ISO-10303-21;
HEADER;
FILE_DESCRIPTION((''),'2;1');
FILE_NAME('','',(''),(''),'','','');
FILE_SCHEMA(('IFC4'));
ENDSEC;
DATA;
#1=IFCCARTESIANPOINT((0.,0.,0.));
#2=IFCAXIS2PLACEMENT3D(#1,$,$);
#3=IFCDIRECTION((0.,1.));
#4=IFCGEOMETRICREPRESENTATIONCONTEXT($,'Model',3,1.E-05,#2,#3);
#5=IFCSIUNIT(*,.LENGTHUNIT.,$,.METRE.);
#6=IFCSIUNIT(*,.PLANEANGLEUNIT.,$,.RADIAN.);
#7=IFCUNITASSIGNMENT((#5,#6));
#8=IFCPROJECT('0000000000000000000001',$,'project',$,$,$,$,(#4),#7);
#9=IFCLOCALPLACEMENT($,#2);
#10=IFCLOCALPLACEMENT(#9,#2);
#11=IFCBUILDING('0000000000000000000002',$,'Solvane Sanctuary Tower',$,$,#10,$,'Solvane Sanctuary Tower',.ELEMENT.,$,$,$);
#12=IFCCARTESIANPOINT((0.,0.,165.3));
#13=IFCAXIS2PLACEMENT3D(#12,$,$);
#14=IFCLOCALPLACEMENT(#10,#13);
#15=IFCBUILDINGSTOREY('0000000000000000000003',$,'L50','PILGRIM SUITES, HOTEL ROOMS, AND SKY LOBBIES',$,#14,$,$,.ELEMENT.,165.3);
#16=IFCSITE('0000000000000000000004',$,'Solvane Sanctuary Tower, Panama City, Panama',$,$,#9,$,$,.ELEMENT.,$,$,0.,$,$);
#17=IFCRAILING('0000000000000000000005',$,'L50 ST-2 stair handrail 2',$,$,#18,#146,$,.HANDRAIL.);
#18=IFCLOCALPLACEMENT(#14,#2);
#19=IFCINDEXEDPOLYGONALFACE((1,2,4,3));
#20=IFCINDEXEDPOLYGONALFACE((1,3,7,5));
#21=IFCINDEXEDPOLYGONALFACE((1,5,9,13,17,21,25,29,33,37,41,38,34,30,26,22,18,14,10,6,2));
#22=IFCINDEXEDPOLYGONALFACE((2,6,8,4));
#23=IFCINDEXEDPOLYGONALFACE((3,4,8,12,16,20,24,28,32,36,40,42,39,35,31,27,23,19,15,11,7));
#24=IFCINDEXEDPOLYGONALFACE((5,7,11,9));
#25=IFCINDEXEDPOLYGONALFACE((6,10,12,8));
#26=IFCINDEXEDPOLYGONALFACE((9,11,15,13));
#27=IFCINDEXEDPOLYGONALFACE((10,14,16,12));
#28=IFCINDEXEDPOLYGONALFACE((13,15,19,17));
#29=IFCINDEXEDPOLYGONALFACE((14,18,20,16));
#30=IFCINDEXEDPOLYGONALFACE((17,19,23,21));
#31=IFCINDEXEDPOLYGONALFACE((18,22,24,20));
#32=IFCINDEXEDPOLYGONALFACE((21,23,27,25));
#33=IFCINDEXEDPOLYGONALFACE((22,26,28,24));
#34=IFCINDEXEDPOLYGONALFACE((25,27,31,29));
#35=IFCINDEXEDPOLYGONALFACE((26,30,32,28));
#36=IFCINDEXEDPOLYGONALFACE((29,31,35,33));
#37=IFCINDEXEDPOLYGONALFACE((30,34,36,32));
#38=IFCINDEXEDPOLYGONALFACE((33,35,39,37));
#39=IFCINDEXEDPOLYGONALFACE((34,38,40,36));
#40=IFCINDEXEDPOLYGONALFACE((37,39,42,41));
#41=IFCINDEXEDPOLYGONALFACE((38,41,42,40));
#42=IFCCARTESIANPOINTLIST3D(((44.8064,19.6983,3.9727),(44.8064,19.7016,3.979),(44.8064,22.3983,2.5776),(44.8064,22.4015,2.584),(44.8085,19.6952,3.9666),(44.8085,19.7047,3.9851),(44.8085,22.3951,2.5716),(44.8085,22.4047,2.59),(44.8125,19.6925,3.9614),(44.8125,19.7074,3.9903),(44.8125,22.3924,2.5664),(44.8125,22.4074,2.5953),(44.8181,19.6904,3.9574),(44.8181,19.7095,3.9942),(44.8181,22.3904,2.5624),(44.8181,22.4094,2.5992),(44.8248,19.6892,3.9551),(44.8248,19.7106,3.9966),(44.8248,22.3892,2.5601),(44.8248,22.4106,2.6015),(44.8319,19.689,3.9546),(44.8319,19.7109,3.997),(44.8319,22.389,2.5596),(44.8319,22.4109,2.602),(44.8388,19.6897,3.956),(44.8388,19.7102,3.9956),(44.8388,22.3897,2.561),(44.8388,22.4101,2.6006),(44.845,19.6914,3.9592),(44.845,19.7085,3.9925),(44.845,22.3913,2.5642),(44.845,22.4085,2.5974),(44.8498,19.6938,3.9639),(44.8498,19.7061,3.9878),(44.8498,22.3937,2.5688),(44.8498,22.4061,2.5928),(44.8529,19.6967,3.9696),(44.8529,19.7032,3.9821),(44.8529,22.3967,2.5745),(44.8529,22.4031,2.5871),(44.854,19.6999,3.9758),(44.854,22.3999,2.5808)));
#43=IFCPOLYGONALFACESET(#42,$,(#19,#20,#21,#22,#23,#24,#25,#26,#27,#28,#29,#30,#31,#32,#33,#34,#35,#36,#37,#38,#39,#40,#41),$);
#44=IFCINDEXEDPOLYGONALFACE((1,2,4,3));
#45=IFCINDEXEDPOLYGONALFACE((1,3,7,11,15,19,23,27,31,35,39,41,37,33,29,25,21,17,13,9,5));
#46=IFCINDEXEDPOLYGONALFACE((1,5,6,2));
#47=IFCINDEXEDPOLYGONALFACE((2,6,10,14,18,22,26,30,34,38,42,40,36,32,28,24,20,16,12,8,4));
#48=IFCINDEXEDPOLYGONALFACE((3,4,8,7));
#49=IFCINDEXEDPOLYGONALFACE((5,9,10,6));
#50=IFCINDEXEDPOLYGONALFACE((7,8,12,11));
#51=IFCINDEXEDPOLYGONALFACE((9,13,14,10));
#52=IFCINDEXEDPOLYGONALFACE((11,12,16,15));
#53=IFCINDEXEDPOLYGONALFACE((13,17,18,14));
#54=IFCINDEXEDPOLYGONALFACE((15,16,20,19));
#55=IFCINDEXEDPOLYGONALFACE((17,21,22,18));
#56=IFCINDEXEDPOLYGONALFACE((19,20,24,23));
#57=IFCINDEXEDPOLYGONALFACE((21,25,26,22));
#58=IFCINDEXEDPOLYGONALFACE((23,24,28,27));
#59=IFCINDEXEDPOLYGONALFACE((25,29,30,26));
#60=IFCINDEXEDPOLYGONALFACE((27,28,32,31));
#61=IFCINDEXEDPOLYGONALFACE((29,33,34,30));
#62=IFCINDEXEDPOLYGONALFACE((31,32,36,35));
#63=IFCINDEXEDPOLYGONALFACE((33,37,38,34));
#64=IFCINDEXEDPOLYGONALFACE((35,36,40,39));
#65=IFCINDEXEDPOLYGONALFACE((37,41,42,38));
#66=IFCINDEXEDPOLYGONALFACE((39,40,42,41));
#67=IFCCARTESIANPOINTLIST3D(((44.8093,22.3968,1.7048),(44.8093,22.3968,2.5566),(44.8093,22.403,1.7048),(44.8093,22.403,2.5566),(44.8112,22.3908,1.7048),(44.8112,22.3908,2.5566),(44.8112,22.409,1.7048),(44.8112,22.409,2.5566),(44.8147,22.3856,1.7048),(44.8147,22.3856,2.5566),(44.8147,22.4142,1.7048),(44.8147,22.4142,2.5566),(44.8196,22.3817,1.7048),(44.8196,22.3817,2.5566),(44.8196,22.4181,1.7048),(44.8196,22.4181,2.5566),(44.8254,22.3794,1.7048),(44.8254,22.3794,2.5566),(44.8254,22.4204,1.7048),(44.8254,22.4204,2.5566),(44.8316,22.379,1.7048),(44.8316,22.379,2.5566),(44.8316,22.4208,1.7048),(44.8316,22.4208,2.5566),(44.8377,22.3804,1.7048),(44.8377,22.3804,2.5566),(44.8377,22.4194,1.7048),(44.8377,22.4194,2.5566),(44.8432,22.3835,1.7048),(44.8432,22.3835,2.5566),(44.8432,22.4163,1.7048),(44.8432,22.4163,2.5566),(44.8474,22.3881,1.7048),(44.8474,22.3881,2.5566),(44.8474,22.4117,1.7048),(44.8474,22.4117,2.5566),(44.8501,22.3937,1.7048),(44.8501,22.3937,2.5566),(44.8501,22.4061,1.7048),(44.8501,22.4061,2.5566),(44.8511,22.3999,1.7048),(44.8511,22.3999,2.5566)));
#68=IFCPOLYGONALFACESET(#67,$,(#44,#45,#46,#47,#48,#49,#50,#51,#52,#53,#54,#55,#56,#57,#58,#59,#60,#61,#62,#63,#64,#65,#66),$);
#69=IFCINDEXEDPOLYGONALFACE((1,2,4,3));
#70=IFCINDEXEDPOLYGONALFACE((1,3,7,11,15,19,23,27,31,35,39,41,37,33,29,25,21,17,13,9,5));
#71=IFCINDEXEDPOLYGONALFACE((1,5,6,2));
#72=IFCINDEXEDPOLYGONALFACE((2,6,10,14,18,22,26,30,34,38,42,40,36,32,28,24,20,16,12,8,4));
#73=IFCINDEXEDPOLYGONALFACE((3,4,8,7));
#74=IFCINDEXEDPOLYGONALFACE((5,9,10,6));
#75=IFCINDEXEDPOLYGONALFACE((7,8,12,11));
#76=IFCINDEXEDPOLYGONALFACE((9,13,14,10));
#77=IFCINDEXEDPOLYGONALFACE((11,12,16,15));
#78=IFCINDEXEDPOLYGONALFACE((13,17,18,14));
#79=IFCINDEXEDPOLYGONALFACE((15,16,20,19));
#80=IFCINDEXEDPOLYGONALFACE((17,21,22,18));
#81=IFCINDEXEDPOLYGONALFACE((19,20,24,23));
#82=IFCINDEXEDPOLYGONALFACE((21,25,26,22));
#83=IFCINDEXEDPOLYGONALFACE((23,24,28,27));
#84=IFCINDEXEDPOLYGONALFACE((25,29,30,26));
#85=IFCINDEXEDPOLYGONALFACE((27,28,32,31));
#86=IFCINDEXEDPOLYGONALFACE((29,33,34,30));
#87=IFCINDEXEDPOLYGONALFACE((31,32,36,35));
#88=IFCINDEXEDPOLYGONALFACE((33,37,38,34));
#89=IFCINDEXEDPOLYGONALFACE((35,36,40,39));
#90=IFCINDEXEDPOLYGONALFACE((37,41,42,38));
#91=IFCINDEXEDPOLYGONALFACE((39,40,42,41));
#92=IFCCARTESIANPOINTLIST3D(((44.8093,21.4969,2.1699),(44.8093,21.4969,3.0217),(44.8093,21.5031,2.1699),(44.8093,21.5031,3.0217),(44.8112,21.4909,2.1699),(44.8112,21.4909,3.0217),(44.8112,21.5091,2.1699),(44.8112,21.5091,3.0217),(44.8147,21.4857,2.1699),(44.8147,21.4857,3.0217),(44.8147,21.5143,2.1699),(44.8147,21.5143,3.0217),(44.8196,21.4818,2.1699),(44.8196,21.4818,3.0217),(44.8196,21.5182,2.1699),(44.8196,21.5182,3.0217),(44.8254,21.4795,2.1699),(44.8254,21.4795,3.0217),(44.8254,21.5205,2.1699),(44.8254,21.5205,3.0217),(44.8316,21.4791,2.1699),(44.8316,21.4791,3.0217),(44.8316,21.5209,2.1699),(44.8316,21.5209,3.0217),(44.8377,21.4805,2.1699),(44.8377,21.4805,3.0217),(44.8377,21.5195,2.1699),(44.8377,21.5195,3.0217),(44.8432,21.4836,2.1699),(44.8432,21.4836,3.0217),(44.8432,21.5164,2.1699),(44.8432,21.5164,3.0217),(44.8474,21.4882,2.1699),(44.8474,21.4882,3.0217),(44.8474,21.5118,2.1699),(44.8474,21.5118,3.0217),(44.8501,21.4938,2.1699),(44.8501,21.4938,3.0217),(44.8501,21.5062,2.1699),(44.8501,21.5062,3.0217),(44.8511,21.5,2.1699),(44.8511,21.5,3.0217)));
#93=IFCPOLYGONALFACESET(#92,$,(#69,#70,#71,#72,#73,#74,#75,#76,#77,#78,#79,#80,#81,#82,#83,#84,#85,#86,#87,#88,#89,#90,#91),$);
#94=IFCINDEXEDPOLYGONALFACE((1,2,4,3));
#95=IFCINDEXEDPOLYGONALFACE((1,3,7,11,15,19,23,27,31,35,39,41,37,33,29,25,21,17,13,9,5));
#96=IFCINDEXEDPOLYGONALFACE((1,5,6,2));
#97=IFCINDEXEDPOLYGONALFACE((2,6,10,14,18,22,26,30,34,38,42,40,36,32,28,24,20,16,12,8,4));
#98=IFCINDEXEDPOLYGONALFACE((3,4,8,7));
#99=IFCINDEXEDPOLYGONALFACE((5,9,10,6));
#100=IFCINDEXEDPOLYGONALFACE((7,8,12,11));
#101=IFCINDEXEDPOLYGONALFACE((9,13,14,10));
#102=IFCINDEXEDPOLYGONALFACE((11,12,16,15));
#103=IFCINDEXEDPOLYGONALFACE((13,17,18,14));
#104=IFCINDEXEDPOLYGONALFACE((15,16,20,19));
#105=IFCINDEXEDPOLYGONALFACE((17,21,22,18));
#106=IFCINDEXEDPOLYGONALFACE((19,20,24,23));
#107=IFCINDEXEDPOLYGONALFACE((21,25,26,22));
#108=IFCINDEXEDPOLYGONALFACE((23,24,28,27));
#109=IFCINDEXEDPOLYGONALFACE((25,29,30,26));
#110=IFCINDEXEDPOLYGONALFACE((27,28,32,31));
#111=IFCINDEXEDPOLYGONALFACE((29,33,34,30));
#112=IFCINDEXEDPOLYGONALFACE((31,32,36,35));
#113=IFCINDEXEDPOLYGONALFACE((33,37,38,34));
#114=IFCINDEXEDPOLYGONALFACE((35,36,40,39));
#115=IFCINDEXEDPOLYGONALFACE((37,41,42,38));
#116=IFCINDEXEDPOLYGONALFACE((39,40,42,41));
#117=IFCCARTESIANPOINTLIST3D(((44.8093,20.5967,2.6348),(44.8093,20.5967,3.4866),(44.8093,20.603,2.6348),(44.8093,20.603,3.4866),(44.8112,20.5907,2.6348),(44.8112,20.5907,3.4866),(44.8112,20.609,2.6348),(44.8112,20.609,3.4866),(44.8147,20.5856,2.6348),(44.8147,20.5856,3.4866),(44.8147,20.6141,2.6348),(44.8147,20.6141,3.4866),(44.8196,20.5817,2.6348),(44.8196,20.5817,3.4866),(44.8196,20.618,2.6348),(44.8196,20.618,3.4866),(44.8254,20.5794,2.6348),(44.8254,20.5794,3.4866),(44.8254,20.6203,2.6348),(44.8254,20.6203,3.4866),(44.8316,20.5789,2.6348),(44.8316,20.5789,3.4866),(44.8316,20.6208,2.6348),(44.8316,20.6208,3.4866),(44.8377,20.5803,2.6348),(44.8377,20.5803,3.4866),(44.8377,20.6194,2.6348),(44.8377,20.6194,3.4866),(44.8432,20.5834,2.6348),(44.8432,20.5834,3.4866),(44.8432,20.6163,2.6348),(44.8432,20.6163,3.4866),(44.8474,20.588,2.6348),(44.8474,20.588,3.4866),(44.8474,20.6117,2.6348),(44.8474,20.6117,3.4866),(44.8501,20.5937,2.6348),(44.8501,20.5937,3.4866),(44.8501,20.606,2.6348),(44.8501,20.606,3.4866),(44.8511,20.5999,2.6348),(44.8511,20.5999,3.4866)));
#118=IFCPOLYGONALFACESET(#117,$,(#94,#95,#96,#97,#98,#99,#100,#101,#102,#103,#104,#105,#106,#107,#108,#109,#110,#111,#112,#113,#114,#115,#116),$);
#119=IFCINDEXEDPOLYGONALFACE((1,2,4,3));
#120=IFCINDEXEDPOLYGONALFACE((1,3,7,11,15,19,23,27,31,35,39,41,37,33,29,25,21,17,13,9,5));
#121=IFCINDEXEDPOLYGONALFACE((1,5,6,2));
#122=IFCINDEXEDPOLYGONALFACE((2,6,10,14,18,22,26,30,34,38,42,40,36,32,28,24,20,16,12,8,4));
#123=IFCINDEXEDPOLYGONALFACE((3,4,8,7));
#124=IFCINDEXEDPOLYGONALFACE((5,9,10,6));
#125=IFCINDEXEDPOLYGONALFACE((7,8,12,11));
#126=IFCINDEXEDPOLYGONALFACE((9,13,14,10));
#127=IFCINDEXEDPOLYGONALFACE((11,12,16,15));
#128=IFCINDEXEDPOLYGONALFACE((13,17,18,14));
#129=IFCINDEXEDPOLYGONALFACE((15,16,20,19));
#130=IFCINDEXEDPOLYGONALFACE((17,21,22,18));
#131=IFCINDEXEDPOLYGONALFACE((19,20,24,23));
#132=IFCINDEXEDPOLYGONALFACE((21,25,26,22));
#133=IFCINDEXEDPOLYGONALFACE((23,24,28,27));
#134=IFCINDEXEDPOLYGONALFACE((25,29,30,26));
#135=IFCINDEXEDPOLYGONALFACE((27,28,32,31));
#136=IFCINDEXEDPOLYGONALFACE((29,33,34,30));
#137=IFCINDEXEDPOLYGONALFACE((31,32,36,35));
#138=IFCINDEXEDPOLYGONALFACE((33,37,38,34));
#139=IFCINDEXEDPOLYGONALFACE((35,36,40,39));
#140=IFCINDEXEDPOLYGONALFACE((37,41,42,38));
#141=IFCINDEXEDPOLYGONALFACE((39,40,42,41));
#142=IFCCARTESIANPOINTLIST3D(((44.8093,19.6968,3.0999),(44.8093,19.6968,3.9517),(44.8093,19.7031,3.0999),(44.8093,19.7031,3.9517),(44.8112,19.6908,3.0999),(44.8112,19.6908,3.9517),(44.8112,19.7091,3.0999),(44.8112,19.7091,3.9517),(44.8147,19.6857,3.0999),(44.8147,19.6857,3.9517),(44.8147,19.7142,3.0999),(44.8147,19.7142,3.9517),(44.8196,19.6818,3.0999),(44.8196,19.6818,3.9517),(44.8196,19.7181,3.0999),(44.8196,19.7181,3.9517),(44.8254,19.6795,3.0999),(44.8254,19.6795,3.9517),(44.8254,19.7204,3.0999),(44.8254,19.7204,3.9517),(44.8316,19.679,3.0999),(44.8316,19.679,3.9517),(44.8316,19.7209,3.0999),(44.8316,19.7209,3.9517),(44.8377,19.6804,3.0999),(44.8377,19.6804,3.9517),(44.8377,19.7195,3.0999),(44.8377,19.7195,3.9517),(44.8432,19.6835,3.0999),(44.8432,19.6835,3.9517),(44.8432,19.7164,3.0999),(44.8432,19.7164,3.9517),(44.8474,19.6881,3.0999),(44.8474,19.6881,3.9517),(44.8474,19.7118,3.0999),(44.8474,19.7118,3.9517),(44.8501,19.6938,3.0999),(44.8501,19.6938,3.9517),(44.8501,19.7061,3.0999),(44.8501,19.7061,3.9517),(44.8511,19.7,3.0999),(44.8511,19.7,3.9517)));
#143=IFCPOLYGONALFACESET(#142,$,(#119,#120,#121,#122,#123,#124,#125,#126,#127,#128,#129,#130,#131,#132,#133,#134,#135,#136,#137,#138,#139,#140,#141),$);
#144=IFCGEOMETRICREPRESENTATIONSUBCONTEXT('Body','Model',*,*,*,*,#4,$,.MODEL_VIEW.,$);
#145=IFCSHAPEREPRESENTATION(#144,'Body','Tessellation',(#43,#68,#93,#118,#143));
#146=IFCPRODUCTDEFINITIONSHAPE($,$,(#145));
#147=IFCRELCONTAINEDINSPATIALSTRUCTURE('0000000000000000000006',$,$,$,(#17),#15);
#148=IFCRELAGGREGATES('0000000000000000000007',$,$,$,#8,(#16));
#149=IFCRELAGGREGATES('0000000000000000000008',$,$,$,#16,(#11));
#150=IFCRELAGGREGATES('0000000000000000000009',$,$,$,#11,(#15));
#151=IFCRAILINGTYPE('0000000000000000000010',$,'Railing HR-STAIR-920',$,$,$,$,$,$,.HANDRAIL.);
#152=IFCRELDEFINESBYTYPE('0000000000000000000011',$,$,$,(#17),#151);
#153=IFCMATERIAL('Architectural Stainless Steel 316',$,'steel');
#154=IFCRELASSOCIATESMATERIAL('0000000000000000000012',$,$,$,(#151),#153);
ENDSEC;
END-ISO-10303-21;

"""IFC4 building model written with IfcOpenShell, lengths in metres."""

from ifc_helpers import new_model, si_unit, direction, frame, origin, origin_2d, place, context, subcontext, project, spatial, circle, extrude, material, type_object, element, save


model = new_model("IFC4")

# Units and contexts
model_context = context("Model", 3, precision=1e-05, world=origin(), true_north=direction((0.0, 1.0)))
body_context = subcontext(model_context, "Body", "Model", "MODEL_VIEW")
ifc_project = project(units=[si_unit("LENGTHUNIT", "METRE"), si_unit("PLANEANGLEUNIT", "RADIAN")], contexts=[model_context])

# Site, building, storey
site_placement = place(None, origin())
site = spatial("IfcSite", under=ifc_project, at=site_placement, Name="Solvane Sanctuary Tower, Panama City, Panama", CompositionType="ELEMENT", RefElevation=0.0)
building_placement = place(site_placement, origin())
building = spatial("IfcBuilding", under=site, at=building_placement, Name="Solvane Sanctuary Tower", LongName="Solvane Sanctuary Tower", CompositionType="ELEMENT")
storey_placement = place(building_placement, frame((0.0, 0.0, 165.3)))
storey = spatial("IfcBuildingStorey", under=building, at=storey_placement, Name="L50", Description="PILGRIM SUITES, HOTEL ROOMS, AND SKY LOBBIES", CompositionType="ELEMENT", Elevation=165.3)

# Shared definitions
ifc_material_1 = material(Name="Architectural Stainless Steel 316", Category="steel")

# Railing
railing_type_1 = type_object("IfcRailingType", Name="Railing HR-STAIR-920", PredefinedType="HANDRAIL", material=ifc_material_1)
railing_1_placement = place(storey_placement, frame((44.8301, 22.3999, 1.7048)))
element("IfcRailing", 1, at=railing_1_placement, inside=storey, type_object=railing_type_1, Name="L50 ST-2 stair handrail 2", PredefinedType="HANDRAIL", context=body_context, shape_type="SweptSolid", body=[
    extrude(circle(Radius=0.0239, at=origin_2d()), frame((0.0, 0.0, 0.876), z_axis=(0.0, -0.88842, 0.459032), x_axis=(1.0, 0.0, 0.0)), (0.0, 0.0, 1.0), 3.0391),
    extrude(circle(Radius=0.021, at=origin_2d()), origin(), (0.0, 0.0, 1.0), 0.8518),
    extrude(circle(Radius=0.021, at=origin_2d()), frame((0.0, -0.8999, 0.4651)), (0.0, 0.0, 1.0), 0.8518),
    extrude(circle(Radius=0.021, at=origin_2d()), frame((0.0, -1.8, 0.9299)), (0.0, 0.0, 1.0), 0.8518),
    extrude(circle(Radius=0.021, at=origin_2d()), frame((0.0, -2.7, 1.395)), (0.0, 0.0, 1.0), 0.8518),
])

save(model, "model.ifc")
